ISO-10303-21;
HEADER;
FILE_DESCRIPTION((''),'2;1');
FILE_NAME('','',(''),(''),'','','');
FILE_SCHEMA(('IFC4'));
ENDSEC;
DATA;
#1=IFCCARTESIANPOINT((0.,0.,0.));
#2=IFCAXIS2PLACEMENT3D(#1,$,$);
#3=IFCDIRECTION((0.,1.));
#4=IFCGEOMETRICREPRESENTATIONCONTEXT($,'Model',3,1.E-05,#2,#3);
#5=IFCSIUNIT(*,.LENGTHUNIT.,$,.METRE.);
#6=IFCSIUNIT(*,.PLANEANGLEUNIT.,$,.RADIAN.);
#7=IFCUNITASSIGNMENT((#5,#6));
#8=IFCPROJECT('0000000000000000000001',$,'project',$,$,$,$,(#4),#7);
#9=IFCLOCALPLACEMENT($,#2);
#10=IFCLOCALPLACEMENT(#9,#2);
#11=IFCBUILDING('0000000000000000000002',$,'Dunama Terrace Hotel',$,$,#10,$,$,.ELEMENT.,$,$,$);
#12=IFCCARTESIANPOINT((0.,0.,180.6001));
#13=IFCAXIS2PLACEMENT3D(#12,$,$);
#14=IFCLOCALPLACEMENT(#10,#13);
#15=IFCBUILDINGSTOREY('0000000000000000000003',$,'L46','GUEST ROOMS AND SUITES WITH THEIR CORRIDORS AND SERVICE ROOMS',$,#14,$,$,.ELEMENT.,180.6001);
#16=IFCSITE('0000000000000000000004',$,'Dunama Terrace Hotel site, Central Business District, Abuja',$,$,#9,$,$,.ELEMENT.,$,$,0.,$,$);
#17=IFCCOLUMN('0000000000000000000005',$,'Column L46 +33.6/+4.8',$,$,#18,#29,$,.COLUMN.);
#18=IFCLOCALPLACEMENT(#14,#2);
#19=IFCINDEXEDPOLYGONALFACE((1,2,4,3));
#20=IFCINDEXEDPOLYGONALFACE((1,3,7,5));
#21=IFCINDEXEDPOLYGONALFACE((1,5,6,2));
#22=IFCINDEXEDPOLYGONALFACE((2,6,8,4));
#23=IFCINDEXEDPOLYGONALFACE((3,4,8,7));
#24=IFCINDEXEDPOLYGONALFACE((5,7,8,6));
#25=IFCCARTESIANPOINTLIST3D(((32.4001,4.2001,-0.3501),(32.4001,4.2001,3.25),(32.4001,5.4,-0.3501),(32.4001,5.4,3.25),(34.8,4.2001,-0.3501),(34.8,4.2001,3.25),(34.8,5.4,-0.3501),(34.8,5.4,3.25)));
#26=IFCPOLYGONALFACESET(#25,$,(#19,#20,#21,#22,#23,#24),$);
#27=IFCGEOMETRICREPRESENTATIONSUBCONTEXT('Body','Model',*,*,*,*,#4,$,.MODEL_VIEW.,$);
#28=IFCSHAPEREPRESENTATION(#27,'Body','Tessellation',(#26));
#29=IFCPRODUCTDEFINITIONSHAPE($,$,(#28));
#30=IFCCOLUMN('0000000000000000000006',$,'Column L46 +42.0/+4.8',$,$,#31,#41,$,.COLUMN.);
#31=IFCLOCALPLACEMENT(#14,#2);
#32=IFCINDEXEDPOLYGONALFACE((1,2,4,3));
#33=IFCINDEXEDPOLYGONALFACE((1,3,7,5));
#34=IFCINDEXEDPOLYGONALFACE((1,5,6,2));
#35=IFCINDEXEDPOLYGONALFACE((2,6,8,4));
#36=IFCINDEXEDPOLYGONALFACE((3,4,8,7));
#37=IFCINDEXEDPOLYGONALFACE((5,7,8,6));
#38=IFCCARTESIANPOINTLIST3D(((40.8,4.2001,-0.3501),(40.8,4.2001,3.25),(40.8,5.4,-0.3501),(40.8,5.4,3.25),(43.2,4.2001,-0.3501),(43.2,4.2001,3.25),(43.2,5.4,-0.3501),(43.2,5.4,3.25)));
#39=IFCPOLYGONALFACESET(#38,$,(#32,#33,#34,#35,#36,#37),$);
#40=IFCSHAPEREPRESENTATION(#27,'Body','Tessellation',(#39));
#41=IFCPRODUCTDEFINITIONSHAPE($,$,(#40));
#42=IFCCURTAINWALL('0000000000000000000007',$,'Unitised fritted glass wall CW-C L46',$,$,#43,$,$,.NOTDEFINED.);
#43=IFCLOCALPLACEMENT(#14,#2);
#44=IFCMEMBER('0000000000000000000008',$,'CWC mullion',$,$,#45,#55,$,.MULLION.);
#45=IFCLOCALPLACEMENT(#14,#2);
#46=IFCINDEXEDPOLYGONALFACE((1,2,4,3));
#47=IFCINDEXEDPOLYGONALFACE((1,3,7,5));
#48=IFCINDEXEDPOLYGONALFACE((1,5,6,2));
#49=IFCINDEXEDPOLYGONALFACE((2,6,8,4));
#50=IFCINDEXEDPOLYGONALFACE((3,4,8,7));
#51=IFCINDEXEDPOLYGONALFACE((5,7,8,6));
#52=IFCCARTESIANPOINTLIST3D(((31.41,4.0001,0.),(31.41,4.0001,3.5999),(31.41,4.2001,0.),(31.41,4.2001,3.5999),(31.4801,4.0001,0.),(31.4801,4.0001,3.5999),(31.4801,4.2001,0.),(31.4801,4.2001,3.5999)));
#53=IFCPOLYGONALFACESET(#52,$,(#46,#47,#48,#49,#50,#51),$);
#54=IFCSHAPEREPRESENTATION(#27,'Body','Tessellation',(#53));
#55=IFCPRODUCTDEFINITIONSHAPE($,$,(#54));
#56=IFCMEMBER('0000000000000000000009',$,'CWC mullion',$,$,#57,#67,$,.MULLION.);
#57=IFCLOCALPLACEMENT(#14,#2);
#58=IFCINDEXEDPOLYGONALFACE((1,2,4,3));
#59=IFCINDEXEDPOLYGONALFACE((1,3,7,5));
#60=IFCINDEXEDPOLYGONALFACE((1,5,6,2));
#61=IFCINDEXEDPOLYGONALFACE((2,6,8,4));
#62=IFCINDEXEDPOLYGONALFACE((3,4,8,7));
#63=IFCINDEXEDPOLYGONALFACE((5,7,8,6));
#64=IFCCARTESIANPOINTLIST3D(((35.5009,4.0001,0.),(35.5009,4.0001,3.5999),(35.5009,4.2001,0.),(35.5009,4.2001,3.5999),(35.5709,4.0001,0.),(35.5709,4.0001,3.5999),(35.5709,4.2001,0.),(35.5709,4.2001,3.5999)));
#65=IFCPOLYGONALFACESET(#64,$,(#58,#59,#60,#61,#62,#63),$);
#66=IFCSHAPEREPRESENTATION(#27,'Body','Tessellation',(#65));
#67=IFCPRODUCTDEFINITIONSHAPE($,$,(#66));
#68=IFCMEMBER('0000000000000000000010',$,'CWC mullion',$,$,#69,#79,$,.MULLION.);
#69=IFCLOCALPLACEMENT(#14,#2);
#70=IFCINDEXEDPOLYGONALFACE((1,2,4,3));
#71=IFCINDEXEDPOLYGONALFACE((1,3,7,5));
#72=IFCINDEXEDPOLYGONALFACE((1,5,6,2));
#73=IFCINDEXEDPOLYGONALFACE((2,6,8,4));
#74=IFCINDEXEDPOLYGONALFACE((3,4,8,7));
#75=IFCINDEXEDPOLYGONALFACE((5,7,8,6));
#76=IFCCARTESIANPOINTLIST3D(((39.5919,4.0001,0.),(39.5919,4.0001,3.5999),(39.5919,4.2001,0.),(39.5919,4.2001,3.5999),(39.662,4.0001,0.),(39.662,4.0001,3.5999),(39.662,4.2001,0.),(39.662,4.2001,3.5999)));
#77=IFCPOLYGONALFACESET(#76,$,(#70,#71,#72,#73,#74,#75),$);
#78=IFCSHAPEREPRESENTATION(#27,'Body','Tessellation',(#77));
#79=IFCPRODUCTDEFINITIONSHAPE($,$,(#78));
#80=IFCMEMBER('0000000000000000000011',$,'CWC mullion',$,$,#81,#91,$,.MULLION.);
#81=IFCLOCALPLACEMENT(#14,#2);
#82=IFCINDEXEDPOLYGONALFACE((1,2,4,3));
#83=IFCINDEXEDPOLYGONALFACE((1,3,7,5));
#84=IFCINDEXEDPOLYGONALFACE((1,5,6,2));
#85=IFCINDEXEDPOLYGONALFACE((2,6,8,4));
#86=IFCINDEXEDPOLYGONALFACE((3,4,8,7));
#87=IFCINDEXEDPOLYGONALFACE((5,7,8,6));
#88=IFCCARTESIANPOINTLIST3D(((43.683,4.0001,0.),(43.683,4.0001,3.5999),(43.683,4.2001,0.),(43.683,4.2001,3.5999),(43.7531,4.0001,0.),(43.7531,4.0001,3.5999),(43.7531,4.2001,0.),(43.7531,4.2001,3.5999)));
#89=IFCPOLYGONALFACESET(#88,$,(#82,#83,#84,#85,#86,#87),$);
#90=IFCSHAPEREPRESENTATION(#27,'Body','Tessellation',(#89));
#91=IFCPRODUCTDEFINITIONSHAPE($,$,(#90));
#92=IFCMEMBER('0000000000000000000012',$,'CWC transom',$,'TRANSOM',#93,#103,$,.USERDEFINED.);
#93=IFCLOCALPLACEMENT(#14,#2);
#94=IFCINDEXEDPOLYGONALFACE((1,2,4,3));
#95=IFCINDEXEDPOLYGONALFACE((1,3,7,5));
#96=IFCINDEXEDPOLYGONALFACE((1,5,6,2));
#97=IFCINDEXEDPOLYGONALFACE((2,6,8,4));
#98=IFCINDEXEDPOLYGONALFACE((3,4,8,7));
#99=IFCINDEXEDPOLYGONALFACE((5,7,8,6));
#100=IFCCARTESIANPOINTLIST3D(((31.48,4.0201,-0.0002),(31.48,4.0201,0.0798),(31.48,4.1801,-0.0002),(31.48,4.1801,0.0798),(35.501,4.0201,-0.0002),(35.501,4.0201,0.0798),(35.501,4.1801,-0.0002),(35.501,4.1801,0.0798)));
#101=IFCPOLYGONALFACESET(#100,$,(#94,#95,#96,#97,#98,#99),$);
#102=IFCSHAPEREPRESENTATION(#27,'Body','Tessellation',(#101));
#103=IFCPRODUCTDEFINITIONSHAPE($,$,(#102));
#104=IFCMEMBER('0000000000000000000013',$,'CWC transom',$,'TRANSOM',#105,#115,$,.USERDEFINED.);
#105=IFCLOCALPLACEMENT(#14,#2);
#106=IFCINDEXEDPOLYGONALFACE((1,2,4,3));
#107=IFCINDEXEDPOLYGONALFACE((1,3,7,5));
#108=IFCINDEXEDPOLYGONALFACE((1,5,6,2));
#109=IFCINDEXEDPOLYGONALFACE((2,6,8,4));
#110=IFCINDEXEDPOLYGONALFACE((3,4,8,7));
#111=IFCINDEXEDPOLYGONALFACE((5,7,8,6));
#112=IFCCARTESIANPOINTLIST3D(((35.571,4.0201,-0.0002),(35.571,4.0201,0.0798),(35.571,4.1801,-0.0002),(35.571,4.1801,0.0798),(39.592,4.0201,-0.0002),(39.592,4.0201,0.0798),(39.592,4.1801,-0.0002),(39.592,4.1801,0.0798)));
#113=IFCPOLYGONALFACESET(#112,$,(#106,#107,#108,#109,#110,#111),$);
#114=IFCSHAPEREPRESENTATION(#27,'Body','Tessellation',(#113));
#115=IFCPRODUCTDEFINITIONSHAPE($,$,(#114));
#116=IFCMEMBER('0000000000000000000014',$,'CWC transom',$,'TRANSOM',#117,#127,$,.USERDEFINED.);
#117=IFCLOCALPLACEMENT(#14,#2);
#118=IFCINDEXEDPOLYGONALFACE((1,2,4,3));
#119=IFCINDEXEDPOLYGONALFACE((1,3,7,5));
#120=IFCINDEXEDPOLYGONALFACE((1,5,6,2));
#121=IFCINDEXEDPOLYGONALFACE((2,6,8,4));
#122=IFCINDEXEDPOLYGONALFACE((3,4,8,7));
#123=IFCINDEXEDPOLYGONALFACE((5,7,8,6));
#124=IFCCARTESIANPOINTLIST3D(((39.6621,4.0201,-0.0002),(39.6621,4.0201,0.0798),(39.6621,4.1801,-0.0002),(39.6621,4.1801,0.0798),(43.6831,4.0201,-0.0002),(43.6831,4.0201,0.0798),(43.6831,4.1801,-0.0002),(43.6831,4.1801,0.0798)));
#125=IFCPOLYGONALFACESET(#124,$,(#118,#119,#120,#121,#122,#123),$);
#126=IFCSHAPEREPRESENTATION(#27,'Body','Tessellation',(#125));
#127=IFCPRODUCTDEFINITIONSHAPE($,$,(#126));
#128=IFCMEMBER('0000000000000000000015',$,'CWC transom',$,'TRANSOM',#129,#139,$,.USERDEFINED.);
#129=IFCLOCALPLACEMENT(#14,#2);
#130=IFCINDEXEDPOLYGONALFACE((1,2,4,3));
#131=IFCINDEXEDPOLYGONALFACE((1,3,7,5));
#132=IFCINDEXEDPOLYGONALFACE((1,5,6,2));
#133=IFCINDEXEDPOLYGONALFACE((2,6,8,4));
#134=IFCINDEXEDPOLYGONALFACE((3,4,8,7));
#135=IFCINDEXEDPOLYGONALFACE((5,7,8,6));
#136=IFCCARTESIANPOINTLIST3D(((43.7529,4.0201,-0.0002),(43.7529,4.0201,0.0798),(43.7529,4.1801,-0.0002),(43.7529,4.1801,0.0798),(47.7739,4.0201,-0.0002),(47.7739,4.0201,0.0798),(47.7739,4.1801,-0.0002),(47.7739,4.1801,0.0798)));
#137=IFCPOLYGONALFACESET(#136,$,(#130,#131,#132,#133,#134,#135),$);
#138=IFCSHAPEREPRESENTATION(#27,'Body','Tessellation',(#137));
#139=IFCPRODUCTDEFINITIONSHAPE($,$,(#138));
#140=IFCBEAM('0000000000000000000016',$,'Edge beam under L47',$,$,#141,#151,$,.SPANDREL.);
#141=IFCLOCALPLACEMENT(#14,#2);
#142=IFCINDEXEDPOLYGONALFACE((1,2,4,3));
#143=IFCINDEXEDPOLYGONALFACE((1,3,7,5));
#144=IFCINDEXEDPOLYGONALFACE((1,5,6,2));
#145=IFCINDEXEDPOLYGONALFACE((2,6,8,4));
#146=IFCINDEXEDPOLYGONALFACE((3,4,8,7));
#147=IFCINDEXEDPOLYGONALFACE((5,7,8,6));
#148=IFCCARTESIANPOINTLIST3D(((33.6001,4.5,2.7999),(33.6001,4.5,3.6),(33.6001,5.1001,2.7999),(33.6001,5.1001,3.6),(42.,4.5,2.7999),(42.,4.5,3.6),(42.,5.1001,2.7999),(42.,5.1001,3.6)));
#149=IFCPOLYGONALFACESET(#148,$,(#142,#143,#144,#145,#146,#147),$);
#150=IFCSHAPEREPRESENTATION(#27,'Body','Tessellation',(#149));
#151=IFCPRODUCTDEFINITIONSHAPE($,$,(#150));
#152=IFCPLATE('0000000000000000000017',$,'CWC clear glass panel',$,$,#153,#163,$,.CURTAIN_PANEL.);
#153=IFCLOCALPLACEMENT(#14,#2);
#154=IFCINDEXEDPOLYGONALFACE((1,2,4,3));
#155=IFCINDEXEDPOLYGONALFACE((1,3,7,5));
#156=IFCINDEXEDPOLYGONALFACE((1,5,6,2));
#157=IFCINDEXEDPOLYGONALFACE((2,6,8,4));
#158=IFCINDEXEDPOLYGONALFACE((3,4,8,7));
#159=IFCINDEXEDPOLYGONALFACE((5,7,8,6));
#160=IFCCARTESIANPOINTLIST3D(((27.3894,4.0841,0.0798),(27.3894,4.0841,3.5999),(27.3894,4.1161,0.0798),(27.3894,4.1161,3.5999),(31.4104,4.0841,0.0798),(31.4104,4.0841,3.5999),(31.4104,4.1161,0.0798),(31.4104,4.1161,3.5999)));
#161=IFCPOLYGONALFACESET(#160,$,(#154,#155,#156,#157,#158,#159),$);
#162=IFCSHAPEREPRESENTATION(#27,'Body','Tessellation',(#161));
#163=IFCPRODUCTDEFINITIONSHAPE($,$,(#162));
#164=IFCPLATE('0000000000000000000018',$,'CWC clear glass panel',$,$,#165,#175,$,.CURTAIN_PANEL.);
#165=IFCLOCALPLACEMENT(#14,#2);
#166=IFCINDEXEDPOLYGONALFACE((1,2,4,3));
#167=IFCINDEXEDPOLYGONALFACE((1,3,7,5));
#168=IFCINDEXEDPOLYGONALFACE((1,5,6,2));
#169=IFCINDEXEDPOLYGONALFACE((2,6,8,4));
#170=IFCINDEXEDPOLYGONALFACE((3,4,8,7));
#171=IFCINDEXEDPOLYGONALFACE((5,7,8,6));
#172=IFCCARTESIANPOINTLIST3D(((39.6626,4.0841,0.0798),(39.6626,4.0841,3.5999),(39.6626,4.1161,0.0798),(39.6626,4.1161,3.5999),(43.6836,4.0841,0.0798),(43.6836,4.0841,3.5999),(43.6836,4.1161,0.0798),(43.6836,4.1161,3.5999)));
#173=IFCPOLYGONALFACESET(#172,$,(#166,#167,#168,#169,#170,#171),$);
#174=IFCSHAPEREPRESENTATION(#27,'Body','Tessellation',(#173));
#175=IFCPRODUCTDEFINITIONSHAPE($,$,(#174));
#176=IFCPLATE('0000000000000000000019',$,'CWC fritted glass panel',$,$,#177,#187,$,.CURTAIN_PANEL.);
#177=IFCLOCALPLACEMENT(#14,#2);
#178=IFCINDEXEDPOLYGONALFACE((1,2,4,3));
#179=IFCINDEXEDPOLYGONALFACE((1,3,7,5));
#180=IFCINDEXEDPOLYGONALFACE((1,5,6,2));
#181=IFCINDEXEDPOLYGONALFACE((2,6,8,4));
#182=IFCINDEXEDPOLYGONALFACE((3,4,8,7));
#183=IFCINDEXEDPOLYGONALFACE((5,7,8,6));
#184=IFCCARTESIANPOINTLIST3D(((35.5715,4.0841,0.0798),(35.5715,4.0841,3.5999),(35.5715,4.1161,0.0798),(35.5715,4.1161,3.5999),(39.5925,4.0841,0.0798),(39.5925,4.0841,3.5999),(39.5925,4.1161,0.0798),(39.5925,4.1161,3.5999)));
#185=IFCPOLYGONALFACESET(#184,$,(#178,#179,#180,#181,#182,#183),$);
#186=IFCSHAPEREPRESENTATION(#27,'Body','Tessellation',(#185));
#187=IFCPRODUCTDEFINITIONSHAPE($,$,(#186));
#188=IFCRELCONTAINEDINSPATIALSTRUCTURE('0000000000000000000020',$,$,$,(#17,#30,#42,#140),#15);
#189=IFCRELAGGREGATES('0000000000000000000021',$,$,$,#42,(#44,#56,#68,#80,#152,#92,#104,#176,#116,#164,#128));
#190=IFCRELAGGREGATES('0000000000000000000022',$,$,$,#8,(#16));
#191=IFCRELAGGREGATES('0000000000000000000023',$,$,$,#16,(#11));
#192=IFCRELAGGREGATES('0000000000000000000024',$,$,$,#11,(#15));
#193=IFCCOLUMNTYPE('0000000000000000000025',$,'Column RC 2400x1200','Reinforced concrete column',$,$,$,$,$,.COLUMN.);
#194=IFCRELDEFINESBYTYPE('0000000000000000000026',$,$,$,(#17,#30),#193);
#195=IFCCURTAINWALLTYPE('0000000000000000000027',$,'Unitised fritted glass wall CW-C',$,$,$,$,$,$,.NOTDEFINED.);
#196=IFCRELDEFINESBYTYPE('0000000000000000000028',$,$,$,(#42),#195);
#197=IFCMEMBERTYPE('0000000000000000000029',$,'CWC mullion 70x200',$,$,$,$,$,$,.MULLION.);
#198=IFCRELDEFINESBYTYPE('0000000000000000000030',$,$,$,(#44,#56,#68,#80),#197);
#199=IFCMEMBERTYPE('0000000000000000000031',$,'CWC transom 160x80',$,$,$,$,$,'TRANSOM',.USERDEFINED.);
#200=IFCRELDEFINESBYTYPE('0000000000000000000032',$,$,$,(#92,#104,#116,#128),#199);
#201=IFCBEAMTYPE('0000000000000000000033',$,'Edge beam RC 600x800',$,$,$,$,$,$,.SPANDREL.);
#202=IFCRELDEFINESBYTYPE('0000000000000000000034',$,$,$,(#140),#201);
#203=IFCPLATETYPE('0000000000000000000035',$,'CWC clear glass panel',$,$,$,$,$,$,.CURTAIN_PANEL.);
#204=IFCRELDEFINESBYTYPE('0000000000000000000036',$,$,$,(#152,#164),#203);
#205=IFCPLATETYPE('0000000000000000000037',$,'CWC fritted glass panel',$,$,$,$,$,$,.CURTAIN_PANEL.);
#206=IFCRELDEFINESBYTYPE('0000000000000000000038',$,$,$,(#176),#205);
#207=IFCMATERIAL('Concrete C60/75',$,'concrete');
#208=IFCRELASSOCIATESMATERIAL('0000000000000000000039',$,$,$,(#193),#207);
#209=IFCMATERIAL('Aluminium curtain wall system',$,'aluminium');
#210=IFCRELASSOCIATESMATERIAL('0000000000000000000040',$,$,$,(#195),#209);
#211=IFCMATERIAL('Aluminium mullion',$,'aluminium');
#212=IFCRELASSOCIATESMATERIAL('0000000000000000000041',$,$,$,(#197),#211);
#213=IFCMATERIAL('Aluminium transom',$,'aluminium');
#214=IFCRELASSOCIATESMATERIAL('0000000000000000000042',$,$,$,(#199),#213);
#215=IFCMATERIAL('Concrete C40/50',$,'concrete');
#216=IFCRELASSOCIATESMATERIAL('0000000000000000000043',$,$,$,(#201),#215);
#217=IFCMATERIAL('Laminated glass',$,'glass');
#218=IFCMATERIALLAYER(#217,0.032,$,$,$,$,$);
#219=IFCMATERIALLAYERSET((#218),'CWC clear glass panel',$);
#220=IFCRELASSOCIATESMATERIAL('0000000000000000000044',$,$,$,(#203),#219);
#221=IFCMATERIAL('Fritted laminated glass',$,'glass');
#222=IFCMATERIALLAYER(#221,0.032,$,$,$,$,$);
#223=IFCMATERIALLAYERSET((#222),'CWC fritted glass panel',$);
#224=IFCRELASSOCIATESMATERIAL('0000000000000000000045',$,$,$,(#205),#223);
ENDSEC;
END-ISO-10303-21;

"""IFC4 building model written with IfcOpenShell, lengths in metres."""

from ifc_helpers import new_model, si_unit, direction, frame, origin, origin_2d, place, context, subcontext, project, spatial, rectangle, extrude, material, layer, layer_set, material_profile, profile_set, type_object, element, aggregate, save


model = new_model("IFC4")

# Units and contexts
model_context = context("Model", 3, precision=1e-05, world=origin(), true_north=direction((0.0, 1.0)))
body_context = subcontext(model_context, "Body", "Model", "MODEL_VIEW")
ifc_project = project(units=[si_unit("LENGTHUNIT", "METRE"), si_unit("PLANEANGLEUNIT", "RADIAN")], contexts=[model_context])

# Site, building, storey
site_placement = place(None, origin())
site = spatial("IfcSite", under=ifc_project, at=site_placement, Name="Dunama Terrace Hotel site, Central Business District, Abuja", CompositionType="ELEMENT", RefElevation=0.0)
building_placement = place(site_placement, origin())
building = spatial("IfcBuilding", under=site, at=building_placement, Name="Dunama Terrace Hotel", CompositionType="ELEMENT")
storey_placement = place(building_placement, frame((0.0, 0.0, 180.6001)))
storey = spatial("IfcBuildingStorey", under=building, at=storey_placement, Name="L46", Description="GUEST ROOMS AND SUITES WITH THEIR CORRIDORS AND SERVICE ROOMS", CompositionType="ELEMENT", Elevation=180.6001)

# Columns
ifc_material_1 = material(Name="Concrete C60/75", Category="concrete")
ifc_material_profile_1 = material_profile(ifc_material_1, rectangle(XDim=2.3999, YDim=1.2, at=origin_2d()), Name="RC 2400x1200")
ifc_profile_set_1 = profile_set([ifc_material_profile_1], Name="Concrete C60/75")
column_type = type_object("IfcColumnType", Name="Column RC 2400x1200", Description="Reinforced concrete column", PredefinedType="COLUMN", material=ifc_profile_set_1)
for number, where, z_axis, x_axis, name in (
    (1, (33.6001, 4.8, -0.3501), (0.0, 0.0, 1.0), (1.0, 0.0, 0.0), "Column L46 +33.6/+4.8"),
    (2, (42.0, 4.8, -0.3501), (0.0, 0.0, 1.0), (1.0, 0.0, 0.0), "Column L46 +42.0/+4.8"),
):
    element("IfcColumn", number, at=place(storey_placement, frame(where, z_axis=z_axis, x_axis=x_axis)), inside=storey, type_object=column_type, Name=name, PredefinedType="COLUMN", context=body_context, shape_type="SweptSolid", body=[
        extrude(rectangle(XDim=2.3999, YDim=1.2, at=origin_2d()), origin(), (0.0, 0.0, 1.0), 3.6001),
    ])

# Curtain wall, members
ifc_material_2 = material(Name="Aluminium curtain wall system", Category="aluminium")
curtain_wall_type = type_object("IfcCurtainWallType", Name="Unitised fritted glass wall CW-C", PredefinedType="NOTDEFINED", material=ifc_material_2)
curtain_wall_placement = place(storey_placement, origin())
curtain_wall = element("IfcCurtainWall", 3, at=curtain_wall_placement, inside=storey, type_object=curtain_wall_type, Name="Unitised fritted glass wall CW-C L46", PredefinedType="NOTDEFINED")
ifc_material_3 = material(Name="Aluminium mullion", Category="aluminium")
ifc_material_profile_2 = material_profile(ifc_material_3, rectangle(XDim=0.0701, YDim=0.2, at=origin_2d()), Name="CWC MULLION 70X200")
ifc_profile_set_2 = profile_set([ifc_material_profile_2], Name="Aluminium mullion")
member_type_1 = type_object("IfcMemberType", Name="CWC mullion 70x200", PredefinedType="MULLION", material=ifc_profile_set_2)
member_1_placement = place(storey_placement, frame((31.4451, 4.1001, 0.0), z_axis=(0.0, 0.0, 1.0), x_axis=(1.0, 0.0, 0.0)))
member_1 = element("IfcMember", 4, at=member_1_placement, type_object=member_type_1, Name="CWC mullion", PredefinedType="MULLION", context=body_context, shape_type="SweptSolid", body=[
    extrude(rectangle(XDim=0.0701, YDim=0.2, at=origin_2d()), origin(), (0.0, 0.0, 1.0), 3.5999),
])
member_2_placement = place(storey_placement, frame((35.5359, 4.1001, 0.0), z_axis=(0.0, 0.0, 1.0), x_axis=(1.0, 0.0, 0.0)))
member_2 = element("IfcMember", 5, at=member_2_placement, type_object=member_type_1, Name="CWC mullion", PredefinedType="MULLION", context=body_context, shape_type="SweptSolid", body=[
    extrude(rectangle(XDim=0.0701, YDim=0.2, at=origin_2d()), origin(), (0.0, 0.0, 1.0), 3.5999),
])
member_3_placement = place(storey_placement, frame((39.627, 4.1001, 0.0), z_axis=(0.0, 0.0, 1.0), x_axis=(1.0, 0.0, 0.0)))
member_3 = element("IfcMember", 6, at=member_3_placement, type_object=member_type_1, Name="CWC mullion", PredefinedType="MULLION", context=body_context, shape_type="SweptSolid", body=[
    extrude(rectangle(XDim=0.0701, YDim=0.2, at=origin_2d()), origin(), (0.0, 0.0, 1.0), 3.5999),
])
member_4_placement = place(storey_placement, frame((43.718, 4.1001, 0.0), z_axis=(0.0, 0.0, 1.0), x_axis=(1.0, 0.0, 0.0)))
member_4 = element("IfcMember", 7, at=member_4_placement, type_object=member_type_1, Name="CWC mullion", PredefinedType="MULLION", context=body_context, shape_type="SweptSolid", body=[
    extrude(rectangle(XDim=0.0701, YDim=0.2, at=origin_2d()), origin(), (0.0, 0.0, 1.0), 3.5999),
])
ifc_material_4 = material(Name="Aluminium transom", Category="aluminium")
ifc_material_profile_3 = material_profile(ifc_material_4, rectangle(XDim=0.1599, YDim=0.0801, at=origin_2d()), Name="CWC TRANSOM 160X80")
ifc_profile_set_3 = profile_set([ifc_material_profile_3], Name="Aluminium transom")
member_type_2 = type_object("IfcMemberType", Name="CWC transom 160x80", ElementType="TRANSOM", PredefinedType="USERDEFINED", material=ifc_profile_set_3)
member_5_placement = place(storey_placement, frame((31.48, 4.1001, 0.0398), z_axis=(1.0, 0.0, 0.0), x_axis=(0.0, 1.0, 0.0)))
member_5 = element("IfcMember", 8, at=member_5_placement, type_object=member_type_2, Name="CWC transom", ObjectType="TRANSOM", PredefinedType="USERDEFINED", context=body_context, shape_type="SweptSolid", body=[
    extrude(rectangle(XDim=0.1599, YDim=0.0801, at=origin_2d()), origin(), (0.0, 0.0, 1.0), 4.021),
])
member_6_placement = place(storey_placement, frame((35.571, 4.1001, 0.0398), z_axis=(1.0, 0.0, 0.0), x_axis=(0.0, 1.0, 0.0)))
member_6 = element("IfcMember", 9, at=member_6_placement, type_object=member_type_2, Name="CWC transom", ObjectType="TRANSOM", PredefinedType="USERDEFINED", context=body_context, shape_type="SweptSolid", body=[
    extrude(rectangle(XDim=0.1599, YDim=0.0801, at=origin_2d()), origin(), (0.0, 0.0, 1.0), 4.021),
])
member_7_placement = place(storey_placement, frame((39.6621, 4.1001, 0.0398), z_axis=(1.0, 0.0, 0.0), x_axis=(0.0, 1.0, 0.0)))
member_7 = element("IfcMember", 10, at=member_7_placement, type_object=member_type_2, Name="CWC transom", ObjectType="TRANSOM", PredefinedType="USERDEFINED", context=body_context, shape_type="SweptSolid", body=[
    extrude(rectangle(XDim=0.1599, YDim=0.0801, at=origin_2d()), origin(), (0.0, 0.0, 1.0), 4.021),
])
member_8_placement = place(storey_placement, frame((43.7529, 4.1001, 0.0398), z_axis=(1.0, 0.0, 0.0), x_axis=(0.0, 1.0, 0.0)))
member_8 = element("IfcMember", 11, at=member_8_placement, type_object=member_type_2, Name="CWC transom", ObjectType="TRANSOM", PredefinedType="USERDEFINED", context=body_context, shape_type="SweptSolid", body=[
    extrude(rectangle(XDim=0.1599, YDim=0.0801, at=origin_2d()), origin(), (0.0, 0.0, 1.0), 4.021),
])

# Beam
ifc_material_5 = material(Name="Concrete C40/50", Category="concrete")
ifc_material_profile_4 = material_profile(ifc_material_5, rectangle(XDim=0.6001, YDim=0.8, at=origin_2d()), Name="RC 600x800")
ifc_profile_set_4 = profile_set([ifc_material_profile_4], Name="Concrete C40/50")
beam_type = type_object("IfcBeamType", Name="Edge beam RC 600x800", PredefinedType="SPANDREL", material=ifc_profile_set_4)
beam_placement = place(storey_placement, frame((33.6001, 4.8, 3.2), z_axis=(1.0, 0.0, 0.0), x_axis=(0.0, 1.0, 0.0)))
element("IfcBeam", 12, at=beam_placement, inside=storey, type_object=beam_type, Name="Edge beam under L47", PredefinedType="SPANDREL", context=body_context, shape_type="SweptSolid", body=[
    extrude(rectangle(XDim=0.6001, YDim=0.8, at=origin_2d()), origin(), (0.0, 0.0, 1.0), 8.3999),
])

# Plates
ifc_material_6 = material(Name="Laminated glass", Category="glass")
ifc_layer_1 = layer(ifc_material_6, 0.032)
ifc_layer_set_1 = layer_set([ifc_layer_1], Name="CWC clear glass panel")
plate_type_1 = type_object("IfcPlateType", Name="CWC clear glass panel", PredefinedType="CURTAIN_PANEL", material=ifc_layer_set_1)
plate_1_placement = place(storey_placement, frame((29.3999, 4.1001, 0.0798), z_axis=(0.0, 0.0, 1.0), x_axis=(1.0, 0.0, 0.0)))
plate_1 = element("IfcPlate", 13, at=plate_1_placement, type_object=plate_type_1, Name="CWC clear glass panel", PredefinedType="CURTAIN_PANEL", context=body_context, shape_type="SweptSolid", body=[
    extrude(rectangle(XDim=4.021, YDim=0.032, at=origin_2d()), origin(), (0.0, 0.0, 1.0), 3.52),
])
plate_2_placement = place(storey_placement, frame((41.6731, 4.1001, 0.0798), z_axis=(0.0, 0.0, 1.0), x_axis=(1.0, 0.0, 0.0)))
plate_2 = element("IfcPlate", 14, at=plate_2_placement, type_object=plate_type_1, Name="CWC clear glass panel", PredefinedType="CURTAIN_PANEL", context=body_context, shape_type="SweptSolid", body=[
    extrude(rectangle(XDim=4.021, YDim=0.032, at=origin_2d()), origin(), (0.0, 0.0, 1.0), 3.52),
])
ifc_material_7 = material(Name="Fritted laminated glass", Category="glass")
ifc_layer_2 = layer(ifc_material_7, 0.032)
ifc_layer_set_2 = layer_set([ifc_layer_2], Name="CWC fritted glass panel")
plate_type_2 = type_object("IfcPlateType", Name="CWC fritted glass panel", PredefinedType="CURTAIN_PANEL", material=ifc_layer_set_2)
plate_3_placement = place(storey_placement, frame((37.582, 4.1001, 0.0798), z_axis=(0.0, 0.0, 1.0), x_axis=(1.0, 0.0, 0.0)))
plate_3 = element("IfcPlate", 15, at=plate_3_placement, type_object=plate_type_2, Name="CWC fritted glass panel", PredefinedType="CURTAIN_PANEL", context=body_context, shape_type="SweptSolid", body=[
    extrude(rectangle(XDim=4.021, YDim=0.032, at=origin_2d()), origin(), (0.0, 0.0, 1.0), 3.52),
])
aggregate(curtain_wall, [member_1, member_2, member_3, member_4, plate_1, member_5, member_6, plate_3, member_7, plate_2, member_8])

save(model, "model.ifc")
